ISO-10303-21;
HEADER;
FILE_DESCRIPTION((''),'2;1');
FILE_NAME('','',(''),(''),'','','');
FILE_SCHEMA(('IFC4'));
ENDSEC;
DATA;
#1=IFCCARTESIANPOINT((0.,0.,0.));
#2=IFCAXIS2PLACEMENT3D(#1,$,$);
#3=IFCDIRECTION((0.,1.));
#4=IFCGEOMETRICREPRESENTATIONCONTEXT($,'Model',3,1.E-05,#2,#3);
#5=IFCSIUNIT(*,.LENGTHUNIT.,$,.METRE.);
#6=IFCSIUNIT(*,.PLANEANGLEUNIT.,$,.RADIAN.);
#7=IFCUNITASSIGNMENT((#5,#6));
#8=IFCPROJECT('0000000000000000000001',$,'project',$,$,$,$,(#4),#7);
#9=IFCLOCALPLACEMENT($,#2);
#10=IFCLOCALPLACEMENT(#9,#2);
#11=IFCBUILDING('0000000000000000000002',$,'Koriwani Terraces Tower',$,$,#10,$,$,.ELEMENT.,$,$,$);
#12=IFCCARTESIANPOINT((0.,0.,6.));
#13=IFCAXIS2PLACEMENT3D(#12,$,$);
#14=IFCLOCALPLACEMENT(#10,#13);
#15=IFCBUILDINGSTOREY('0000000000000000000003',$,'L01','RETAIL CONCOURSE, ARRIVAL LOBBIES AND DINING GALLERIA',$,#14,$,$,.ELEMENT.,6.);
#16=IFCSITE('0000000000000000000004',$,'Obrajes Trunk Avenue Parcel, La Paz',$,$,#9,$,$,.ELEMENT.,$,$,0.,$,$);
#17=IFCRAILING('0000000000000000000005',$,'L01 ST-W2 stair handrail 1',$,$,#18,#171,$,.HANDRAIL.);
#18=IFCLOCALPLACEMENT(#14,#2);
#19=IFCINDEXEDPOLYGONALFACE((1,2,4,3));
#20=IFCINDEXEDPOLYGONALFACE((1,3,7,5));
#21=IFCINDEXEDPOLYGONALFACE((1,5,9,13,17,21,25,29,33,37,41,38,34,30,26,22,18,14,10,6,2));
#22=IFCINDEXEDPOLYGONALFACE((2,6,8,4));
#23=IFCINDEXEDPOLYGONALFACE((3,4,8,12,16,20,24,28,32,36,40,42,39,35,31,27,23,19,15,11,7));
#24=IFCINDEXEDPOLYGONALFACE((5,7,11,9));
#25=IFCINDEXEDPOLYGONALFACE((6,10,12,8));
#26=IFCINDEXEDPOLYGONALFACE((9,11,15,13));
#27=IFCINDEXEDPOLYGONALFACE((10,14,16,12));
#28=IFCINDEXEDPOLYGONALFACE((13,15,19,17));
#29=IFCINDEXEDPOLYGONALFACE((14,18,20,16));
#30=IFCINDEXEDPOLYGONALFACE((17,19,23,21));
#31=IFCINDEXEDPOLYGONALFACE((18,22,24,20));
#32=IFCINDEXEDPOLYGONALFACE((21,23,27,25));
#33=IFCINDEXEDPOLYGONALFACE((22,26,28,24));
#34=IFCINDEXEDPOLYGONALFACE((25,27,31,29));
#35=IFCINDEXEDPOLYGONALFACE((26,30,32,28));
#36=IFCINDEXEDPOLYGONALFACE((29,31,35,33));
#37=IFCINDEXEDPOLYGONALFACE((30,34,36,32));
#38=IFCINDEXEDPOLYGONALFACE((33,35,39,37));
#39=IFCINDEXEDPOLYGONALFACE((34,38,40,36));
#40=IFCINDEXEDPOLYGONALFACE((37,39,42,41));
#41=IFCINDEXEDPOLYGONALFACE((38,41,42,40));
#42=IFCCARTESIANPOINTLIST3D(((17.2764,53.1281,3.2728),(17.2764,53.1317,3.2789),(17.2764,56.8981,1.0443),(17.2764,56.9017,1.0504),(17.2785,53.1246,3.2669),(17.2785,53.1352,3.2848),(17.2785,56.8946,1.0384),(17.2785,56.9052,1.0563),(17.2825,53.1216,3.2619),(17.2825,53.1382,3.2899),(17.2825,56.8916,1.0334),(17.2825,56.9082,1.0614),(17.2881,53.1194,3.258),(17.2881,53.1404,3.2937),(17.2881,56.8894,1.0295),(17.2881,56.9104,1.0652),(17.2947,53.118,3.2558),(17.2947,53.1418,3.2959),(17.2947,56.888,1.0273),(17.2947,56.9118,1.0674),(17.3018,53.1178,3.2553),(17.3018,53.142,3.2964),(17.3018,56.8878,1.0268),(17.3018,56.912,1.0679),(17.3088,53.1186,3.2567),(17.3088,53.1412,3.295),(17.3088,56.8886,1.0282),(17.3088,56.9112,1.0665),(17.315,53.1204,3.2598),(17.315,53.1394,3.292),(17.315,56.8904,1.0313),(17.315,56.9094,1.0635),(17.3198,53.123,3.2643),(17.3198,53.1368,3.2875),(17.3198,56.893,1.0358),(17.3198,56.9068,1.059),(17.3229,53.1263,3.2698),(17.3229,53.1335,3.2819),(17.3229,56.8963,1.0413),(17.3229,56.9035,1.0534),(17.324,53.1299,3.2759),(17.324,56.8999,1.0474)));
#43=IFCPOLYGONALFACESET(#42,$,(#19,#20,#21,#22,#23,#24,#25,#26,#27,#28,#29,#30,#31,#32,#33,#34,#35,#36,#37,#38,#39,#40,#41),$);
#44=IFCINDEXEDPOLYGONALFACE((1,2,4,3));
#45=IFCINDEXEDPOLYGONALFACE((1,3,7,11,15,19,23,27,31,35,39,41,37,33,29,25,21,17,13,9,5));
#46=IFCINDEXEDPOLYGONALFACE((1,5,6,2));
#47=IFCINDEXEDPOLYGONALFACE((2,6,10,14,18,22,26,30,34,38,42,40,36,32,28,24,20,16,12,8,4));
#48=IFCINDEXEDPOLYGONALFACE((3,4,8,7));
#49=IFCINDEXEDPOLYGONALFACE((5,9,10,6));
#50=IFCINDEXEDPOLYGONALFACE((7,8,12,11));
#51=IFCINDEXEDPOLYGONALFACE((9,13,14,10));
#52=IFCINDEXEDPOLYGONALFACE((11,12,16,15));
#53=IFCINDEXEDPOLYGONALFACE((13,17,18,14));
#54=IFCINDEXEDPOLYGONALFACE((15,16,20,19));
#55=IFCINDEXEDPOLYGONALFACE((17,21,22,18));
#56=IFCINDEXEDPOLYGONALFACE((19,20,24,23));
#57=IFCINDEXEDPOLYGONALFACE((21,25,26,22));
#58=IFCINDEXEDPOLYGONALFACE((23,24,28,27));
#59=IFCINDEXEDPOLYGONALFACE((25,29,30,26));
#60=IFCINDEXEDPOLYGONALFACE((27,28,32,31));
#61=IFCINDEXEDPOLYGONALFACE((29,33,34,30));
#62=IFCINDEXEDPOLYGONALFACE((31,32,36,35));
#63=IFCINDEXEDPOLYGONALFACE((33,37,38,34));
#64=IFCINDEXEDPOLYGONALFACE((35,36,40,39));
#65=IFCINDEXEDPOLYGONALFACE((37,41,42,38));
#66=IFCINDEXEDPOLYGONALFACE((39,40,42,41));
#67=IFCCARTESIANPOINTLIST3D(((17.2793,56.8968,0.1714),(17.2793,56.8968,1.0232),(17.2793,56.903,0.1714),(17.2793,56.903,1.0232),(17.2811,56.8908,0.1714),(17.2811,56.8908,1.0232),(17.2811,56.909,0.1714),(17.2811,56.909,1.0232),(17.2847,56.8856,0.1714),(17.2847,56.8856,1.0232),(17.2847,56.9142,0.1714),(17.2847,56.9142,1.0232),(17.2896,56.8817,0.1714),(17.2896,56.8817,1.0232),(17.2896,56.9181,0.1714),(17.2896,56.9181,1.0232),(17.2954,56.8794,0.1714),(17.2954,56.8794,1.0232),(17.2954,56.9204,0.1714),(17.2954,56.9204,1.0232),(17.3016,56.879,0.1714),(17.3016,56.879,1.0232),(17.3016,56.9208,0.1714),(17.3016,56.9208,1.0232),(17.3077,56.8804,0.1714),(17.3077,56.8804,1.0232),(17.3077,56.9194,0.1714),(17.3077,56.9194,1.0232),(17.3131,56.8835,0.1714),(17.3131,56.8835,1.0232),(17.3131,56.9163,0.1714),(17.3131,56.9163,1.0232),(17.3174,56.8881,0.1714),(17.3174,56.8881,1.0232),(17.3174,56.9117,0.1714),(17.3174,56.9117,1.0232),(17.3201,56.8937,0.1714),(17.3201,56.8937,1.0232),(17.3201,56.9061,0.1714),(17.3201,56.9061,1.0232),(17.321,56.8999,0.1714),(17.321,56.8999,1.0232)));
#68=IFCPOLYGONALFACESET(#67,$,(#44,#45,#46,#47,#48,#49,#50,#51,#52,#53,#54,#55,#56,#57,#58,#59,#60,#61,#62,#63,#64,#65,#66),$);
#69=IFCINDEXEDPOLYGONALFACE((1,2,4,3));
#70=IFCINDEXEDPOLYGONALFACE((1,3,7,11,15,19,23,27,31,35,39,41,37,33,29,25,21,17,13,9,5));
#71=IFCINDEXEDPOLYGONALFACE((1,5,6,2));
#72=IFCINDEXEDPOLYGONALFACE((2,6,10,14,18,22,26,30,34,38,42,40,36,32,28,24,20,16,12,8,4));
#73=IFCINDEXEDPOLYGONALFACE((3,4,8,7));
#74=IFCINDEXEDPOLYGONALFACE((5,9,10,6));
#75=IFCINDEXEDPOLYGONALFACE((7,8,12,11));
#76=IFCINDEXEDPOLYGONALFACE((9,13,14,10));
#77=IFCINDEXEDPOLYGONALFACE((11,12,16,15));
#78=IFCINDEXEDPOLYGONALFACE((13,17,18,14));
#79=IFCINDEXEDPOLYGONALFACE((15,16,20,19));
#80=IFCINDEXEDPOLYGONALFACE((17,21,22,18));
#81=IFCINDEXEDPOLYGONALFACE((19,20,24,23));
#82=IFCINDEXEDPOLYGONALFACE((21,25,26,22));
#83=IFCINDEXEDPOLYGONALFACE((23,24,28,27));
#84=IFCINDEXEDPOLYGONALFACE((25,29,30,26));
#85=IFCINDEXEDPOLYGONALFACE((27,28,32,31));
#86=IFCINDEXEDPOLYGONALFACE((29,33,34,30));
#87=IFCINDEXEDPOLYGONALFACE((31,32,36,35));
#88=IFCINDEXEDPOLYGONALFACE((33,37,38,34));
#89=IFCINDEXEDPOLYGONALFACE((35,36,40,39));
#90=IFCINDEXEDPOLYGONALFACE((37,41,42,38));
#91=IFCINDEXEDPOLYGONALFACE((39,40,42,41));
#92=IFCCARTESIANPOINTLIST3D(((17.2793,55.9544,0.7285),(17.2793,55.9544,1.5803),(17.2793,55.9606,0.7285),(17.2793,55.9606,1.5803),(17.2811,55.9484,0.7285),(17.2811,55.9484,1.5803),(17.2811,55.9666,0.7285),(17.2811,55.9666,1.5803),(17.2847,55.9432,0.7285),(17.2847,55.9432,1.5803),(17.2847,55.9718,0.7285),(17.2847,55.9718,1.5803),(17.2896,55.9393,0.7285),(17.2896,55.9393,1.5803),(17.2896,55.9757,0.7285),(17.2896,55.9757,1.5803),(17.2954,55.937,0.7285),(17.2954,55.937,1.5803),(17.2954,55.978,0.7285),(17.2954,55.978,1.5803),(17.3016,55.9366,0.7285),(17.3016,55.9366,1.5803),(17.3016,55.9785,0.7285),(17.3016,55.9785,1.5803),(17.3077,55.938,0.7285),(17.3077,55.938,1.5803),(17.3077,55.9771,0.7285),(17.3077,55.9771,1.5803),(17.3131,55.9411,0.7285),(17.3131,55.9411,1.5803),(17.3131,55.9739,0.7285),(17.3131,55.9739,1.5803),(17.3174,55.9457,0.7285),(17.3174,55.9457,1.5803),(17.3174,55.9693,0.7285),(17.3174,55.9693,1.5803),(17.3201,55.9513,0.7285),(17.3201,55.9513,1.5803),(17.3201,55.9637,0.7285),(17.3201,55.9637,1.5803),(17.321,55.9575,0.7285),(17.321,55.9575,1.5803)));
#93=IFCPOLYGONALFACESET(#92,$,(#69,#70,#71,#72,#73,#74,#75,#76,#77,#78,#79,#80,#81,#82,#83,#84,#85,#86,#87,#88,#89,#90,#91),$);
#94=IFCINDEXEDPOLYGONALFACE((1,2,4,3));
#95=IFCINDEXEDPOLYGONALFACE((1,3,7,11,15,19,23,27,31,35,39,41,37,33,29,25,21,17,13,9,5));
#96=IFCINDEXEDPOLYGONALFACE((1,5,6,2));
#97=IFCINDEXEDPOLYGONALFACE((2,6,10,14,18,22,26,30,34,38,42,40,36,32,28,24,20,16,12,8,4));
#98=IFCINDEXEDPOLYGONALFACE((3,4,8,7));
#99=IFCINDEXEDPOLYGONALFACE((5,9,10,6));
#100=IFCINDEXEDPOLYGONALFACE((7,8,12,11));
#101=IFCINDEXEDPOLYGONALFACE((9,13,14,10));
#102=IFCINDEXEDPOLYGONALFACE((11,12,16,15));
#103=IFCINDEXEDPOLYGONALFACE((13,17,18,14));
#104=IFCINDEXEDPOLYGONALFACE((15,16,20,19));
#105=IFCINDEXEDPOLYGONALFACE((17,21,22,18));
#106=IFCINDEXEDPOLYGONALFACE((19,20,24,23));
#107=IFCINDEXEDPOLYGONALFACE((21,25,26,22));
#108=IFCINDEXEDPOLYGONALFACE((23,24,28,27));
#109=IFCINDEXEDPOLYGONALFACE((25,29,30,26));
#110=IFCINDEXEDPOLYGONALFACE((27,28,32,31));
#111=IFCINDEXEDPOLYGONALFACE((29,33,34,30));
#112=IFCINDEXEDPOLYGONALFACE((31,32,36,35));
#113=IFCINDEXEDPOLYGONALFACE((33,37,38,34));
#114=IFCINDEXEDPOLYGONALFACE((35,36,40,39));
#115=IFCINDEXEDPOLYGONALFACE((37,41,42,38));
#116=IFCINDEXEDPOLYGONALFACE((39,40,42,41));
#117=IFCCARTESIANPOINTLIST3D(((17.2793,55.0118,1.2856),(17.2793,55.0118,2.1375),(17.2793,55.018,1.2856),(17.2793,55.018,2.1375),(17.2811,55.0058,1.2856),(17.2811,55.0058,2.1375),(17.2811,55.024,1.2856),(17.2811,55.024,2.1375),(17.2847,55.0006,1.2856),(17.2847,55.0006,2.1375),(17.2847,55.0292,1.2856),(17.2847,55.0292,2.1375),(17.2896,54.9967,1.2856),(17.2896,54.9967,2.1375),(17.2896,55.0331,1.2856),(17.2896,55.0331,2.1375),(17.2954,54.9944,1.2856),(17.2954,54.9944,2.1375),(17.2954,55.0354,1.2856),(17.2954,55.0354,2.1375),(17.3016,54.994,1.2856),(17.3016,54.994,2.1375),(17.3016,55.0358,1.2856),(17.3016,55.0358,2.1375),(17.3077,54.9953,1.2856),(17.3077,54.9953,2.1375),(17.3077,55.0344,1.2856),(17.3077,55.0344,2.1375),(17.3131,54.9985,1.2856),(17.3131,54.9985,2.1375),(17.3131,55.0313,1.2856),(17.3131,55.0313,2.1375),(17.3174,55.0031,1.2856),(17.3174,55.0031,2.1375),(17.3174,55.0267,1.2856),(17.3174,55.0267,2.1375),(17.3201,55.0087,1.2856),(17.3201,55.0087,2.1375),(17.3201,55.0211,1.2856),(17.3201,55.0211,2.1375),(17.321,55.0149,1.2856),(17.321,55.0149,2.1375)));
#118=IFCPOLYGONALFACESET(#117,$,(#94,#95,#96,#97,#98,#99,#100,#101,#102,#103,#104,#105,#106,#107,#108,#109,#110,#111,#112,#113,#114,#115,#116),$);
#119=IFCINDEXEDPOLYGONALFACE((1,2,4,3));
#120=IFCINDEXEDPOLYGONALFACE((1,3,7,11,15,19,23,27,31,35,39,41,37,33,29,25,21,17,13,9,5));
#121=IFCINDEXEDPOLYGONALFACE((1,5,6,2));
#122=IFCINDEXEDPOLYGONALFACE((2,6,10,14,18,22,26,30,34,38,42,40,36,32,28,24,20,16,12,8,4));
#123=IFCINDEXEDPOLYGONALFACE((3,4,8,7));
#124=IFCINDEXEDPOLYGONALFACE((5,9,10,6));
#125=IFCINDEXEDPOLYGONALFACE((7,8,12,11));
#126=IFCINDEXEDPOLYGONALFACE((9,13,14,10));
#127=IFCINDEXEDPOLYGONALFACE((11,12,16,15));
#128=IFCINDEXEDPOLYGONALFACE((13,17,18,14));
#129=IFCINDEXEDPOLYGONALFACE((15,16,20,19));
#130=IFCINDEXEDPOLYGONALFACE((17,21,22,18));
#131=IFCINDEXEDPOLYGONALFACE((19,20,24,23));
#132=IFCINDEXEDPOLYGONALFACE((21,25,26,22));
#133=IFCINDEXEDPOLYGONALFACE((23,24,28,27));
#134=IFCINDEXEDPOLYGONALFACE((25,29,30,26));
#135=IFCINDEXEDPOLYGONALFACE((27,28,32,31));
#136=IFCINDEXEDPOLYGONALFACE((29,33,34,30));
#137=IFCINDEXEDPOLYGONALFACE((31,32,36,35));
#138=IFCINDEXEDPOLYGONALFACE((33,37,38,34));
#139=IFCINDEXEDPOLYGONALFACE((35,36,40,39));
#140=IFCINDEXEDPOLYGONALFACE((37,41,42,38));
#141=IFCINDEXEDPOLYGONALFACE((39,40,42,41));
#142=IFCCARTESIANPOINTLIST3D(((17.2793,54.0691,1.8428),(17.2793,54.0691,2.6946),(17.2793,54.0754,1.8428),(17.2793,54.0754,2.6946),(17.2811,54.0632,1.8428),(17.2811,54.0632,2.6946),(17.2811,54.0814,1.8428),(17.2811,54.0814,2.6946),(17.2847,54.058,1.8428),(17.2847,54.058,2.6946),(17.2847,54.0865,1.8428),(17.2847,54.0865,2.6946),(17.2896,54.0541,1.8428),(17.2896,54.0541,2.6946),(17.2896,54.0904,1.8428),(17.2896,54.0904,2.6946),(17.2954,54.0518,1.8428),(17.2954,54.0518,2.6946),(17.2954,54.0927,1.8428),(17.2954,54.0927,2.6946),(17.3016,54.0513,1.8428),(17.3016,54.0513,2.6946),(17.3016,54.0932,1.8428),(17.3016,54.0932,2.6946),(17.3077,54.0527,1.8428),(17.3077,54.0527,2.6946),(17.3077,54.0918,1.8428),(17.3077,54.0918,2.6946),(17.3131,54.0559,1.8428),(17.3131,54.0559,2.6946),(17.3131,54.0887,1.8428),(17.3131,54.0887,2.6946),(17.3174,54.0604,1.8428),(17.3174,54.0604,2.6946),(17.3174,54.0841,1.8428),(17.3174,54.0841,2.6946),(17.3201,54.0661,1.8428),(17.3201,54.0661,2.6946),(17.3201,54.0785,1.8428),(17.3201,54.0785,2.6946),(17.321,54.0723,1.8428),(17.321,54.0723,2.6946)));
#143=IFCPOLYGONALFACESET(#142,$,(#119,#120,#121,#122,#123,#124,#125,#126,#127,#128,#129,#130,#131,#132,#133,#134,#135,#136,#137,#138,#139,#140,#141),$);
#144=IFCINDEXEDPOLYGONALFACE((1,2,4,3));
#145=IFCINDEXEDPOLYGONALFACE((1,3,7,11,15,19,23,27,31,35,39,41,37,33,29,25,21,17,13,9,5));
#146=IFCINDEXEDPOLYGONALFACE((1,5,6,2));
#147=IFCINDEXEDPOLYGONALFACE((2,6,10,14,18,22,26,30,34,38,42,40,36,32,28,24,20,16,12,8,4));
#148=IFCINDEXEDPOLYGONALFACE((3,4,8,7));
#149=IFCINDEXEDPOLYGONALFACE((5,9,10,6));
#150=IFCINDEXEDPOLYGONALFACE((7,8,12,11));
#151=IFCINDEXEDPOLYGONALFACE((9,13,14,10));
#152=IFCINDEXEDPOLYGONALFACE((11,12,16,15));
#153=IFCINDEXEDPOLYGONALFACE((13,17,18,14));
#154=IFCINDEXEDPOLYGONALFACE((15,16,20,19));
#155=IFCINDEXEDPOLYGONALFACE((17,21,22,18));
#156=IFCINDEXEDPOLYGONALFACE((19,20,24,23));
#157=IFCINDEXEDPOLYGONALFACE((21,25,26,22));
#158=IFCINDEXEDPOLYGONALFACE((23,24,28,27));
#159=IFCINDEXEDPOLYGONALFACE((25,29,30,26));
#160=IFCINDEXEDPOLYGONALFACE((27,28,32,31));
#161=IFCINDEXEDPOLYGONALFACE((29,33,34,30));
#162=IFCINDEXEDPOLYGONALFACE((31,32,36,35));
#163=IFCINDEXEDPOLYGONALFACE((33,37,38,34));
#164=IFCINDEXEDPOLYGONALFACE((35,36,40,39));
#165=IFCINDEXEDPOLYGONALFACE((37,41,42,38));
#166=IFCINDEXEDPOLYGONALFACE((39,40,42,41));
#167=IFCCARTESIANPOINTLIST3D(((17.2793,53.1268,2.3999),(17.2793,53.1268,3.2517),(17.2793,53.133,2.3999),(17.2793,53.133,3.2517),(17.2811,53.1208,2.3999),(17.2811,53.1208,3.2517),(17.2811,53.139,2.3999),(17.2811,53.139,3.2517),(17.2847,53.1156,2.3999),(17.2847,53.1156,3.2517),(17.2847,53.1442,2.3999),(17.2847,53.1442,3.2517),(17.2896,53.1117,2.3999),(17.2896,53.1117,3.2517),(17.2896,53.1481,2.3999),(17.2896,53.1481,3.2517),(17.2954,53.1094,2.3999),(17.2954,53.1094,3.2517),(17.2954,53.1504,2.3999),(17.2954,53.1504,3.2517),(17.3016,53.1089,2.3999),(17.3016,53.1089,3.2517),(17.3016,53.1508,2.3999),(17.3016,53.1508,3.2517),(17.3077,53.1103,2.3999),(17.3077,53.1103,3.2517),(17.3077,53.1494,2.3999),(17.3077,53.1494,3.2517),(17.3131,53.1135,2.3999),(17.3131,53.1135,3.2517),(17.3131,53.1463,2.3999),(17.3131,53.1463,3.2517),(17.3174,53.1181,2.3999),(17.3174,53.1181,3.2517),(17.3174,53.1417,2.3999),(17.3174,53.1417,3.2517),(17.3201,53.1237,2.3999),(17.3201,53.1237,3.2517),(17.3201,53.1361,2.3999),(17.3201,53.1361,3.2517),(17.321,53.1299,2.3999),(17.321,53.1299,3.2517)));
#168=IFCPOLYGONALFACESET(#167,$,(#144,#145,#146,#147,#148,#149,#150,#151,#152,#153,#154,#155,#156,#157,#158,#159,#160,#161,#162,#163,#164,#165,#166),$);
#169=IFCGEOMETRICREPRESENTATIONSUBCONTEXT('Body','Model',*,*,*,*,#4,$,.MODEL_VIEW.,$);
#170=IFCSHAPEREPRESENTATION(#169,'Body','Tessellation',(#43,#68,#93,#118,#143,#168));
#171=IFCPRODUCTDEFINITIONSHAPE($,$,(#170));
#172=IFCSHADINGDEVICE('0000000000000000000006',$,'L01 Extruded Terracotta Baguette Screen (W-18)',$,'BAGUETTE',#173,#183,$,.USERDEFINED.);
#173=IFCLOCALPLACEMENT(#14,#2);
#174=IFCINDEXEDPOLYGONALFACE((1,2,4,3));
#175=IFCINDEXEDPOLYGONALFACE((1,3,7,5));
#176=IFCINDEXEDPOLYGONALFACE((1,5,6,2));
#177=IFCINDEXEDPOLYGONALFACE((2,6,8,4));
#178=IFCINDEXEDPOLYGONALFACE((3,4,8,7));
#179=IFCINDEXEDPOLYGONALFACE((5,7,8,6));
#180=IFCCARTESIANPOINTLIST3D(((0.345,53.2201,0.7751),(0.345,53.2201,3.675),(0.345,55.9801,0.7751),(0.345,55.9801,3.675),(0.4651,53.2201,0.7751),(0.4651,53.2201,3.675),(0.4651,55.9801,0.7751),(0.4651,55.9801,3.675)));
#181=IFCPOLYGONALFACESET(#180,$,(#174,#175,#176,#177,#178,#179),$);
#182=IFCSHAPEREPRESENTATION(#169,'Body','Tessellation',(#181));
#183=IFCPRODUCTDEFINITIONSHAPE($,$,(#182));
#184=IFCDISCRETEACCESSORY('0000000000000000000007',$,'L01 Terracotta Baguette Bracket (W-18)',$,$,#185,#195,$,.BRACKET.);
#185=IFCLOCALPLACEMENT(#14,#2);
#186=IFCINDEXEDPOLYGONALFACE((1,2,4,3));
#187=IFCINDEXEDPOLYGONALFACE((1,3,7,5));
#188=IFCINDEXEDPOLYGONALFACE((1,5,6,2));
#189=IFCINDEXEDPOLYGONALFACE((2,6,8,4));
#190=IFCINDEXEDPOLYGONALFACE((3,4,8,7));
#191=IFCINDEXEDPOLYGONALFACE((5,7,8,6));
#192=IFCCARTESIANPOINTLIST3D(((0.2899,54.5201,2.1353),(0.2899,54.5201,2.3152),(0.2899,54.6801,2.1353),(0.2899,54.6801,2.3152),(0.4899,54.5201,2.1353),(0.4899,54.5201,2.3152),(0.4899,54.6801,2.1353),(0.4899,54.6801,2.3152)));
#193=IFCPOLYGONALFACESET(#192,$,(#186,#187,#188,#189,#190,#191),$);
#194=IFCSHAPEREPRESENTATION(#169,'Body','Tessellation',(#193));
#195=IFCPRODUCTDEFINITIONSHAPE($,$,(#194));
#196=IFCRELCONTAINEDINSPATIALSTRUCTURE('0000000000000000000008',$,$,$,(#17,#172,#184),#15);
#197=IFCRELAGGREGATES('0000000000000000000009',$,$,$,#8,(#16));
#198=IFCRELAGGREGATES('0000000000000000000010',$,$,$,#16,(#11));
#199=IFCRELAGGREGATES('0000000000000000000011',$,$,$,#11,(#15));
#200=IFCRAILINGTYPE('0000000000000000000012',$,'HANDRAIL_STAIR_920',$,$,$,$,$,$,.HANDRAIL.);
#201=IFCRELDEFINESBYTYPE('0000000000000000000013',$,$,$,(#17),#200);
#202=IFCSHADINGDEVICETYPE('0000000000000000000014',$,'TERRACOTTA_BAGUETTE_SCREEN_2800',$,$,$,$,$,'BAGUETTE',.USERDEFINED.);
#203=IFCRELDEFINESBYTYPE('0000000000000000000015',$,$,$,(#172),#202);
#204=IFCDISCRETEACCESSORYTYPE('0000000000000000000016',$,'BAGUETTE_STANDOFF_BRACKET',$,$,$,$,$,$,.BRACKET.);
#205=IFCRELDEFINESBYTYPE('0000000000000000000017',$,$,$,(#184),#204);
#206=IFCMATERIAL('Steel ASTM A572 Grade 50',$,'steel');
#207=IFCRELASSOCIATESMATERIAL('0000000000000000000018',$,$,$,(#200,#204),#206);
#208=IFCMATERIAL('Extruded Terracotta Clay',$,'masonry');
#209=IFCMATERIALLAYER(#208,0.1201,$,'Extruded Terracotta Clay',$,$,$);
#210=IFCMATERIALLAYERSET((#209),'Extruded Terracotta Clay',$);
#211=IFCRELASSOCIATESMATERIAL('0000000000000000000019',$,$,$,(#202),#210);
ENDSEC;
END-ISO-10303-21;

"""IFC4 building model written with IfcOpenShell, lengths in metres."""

from ifc_helpers import new_model, si_unit, direction, frame, origin, origin_2d, place, context, subcontext, project, spatial, rectangle, circle, extrude, material, layer, layer_set, type_object, element, save


model = new_model("IFC4")

# Units and contexts
model_context = context("Model", 3, precision=1e-05, world=origin(), true_north=direction((0.0, 1.0)))
body_context = subcontext(model_context, "Body", "Model", "MODEL_VIEW")
ifc_project = project(units=[si_unit("LENGTHUNIT", "METRE"), si_unit("PLANEANGLEUNIT", "RADIAN")], contexts=[model_context])

# Site, building, storey
site_placement = place(None, origin())
site = spatial("IfcSite", under=ifc_project, at=site_placement, Name="Obrajes Trunk Avenue Parcel, La Paz", CompositionType="ELEMENT", RefElevation=0.0)
building_placement = place(site_placement, origin())
building = spatial("IfcBuilding", under=site, at=building_placement, Name="Koriwani Terraces Tower", CompositionType="ELEMENT")
storey_placement = place(building_placement, frame((0.0, 0.0, 6.0)))
storey = spatial("IfcBuildingStorey", under=building, at=storey_placement, Name="L01", Description="RETAIL CONCOURSE, ARRIVAL LOBBIES AND DINING GALLERIA", CompositionType="ELEMENT", Elevation=6.0)

# Shared definitions
ifc_material_1 = material(Name="Steel ASTM A572 Grade 50", Category="steel")

# Railing
railing_type_1 = type_object("IfcRailingType", Name="HANDRAIL_STAIR_920", PredefinedType="HANDRAIL", material=ifc_material_1)
for number, where, name in (
    (1, (17.3, 56.8999, 0.1714), "L01 ST-W2 stair handrail 1"),
):
    element("IfcRailing", number, at=place(storey_placement, frame(where)), inside=storey, type_object=railing_type_1, Name=name, PredefinedType="HANDRAIL", context=body_context, shape_type="SweptSolid", body=[
        extrude(circle(Radius=0.0239, at=origin_2d()), frame((0.0, 0.0, 0.876), z_axis=(0.0, -0.860849, 0.508861), x_axis=(1.0, 0.0, 0.0)), (0.0, 0.0, 1.0), 4.3794),
        extrude(circle(Radius=0.021, at=origin_2d()), origin(), (0.0, 0.0, 1.0), 0.8518),
        extrude(circle(Radius=0.021, at=origin_2d()), frame((0.0, -0.9424, 0.5571)), (0.0, 0.0, 1.0), 0.8518),
        extrude(circle(Radius=0.021, at=origin_2d()), frame((0.0, -1.885, 1.1143)), (0.0, 0.0, 1.0), 0.8518),
        extrude(circle(Radius=0.021, at=origin_2d()), frame((0.0, -2.8276, 1.6714)), (0.0, 0.0, 1.0), 0.8518),
        extrude(circle(Radius=0.021, at=origin_2d()), frame((0.0, -3.77, 2.2285)), (0.0, 0.0, 1.0), 0.8518),
    ])

# Shading device
ifc_material_2 = material(Name="Extruded Terracotta Clay", Category="masonry")
ifc_layer_1 = layer(ifc_material_2, 0.1201, Name="Extruded Terracotta Clay")
ifc_layer_set_1 = layer_set([ifc_layer_1], Name="Extruded Terracotta Clay")
shading_device_type = type_object("IfcShadingDeviceType", Name="TERRACOTTA_BAGUETTE_SCREEN_2800", ElementType="BAGUETTE", PredefinedType="USERDEFINED", material=ifc_layer_set_1)
shading_device_placement = place(storey_placement, frame((0.405, 54.6001, 0.7751), z_axis=(0.0, 0.0, 1.0), x_axis=(0.0, 1.0, 0.0)))
element("IfcShadingDevice", 2, at=shading_device_placement, inside=storey, type_object=shading_device_type, Name="L01 Extruded Terracotta Baguette Screen (W-18)", ObjectType="BAGUETTE", PredefinedType="USERDEFINED", context=body_context, shape_type="SweptSolid", body=[
    extrude(rectangle(XDim=2.76, YDim=0.1201, at=origin_2d()), origin(), (0.0, 0.0, 1.0), 2.8999),
])

# Discrete accessory
discrete_accessory_type = type_object("IfcDiscreteAccessoryType", Name="BAGUETTE_STANDOFF_BRACKET", PredefinedType="BRACKET", material=ifc_material_1)
discrete_accessory_placement = place(storey_placement, frame((0.3899, 54.6001, 2.1353), z_axis=(0.0, 0.0, 1.0), x_axis=(0.0, 1.0, 0.0)))
element("IfcDiscreteAccessory", 3, at=discrete_accessory_placement, inside=storey, type_object=discrete_accessory_type, Name="L01 Terracotta Baguette Bracket (W-18)", PredefinedType="BRACKET", context=body_context, shape_type="SweptSolid", body=[
    extrude(rectangle(XDim=0.1599, YDim=0.2, at=origin_2d()), origin(), (0.0, 0.0, 1.0), 0.1799),
])

save(model, "model.ifc")
